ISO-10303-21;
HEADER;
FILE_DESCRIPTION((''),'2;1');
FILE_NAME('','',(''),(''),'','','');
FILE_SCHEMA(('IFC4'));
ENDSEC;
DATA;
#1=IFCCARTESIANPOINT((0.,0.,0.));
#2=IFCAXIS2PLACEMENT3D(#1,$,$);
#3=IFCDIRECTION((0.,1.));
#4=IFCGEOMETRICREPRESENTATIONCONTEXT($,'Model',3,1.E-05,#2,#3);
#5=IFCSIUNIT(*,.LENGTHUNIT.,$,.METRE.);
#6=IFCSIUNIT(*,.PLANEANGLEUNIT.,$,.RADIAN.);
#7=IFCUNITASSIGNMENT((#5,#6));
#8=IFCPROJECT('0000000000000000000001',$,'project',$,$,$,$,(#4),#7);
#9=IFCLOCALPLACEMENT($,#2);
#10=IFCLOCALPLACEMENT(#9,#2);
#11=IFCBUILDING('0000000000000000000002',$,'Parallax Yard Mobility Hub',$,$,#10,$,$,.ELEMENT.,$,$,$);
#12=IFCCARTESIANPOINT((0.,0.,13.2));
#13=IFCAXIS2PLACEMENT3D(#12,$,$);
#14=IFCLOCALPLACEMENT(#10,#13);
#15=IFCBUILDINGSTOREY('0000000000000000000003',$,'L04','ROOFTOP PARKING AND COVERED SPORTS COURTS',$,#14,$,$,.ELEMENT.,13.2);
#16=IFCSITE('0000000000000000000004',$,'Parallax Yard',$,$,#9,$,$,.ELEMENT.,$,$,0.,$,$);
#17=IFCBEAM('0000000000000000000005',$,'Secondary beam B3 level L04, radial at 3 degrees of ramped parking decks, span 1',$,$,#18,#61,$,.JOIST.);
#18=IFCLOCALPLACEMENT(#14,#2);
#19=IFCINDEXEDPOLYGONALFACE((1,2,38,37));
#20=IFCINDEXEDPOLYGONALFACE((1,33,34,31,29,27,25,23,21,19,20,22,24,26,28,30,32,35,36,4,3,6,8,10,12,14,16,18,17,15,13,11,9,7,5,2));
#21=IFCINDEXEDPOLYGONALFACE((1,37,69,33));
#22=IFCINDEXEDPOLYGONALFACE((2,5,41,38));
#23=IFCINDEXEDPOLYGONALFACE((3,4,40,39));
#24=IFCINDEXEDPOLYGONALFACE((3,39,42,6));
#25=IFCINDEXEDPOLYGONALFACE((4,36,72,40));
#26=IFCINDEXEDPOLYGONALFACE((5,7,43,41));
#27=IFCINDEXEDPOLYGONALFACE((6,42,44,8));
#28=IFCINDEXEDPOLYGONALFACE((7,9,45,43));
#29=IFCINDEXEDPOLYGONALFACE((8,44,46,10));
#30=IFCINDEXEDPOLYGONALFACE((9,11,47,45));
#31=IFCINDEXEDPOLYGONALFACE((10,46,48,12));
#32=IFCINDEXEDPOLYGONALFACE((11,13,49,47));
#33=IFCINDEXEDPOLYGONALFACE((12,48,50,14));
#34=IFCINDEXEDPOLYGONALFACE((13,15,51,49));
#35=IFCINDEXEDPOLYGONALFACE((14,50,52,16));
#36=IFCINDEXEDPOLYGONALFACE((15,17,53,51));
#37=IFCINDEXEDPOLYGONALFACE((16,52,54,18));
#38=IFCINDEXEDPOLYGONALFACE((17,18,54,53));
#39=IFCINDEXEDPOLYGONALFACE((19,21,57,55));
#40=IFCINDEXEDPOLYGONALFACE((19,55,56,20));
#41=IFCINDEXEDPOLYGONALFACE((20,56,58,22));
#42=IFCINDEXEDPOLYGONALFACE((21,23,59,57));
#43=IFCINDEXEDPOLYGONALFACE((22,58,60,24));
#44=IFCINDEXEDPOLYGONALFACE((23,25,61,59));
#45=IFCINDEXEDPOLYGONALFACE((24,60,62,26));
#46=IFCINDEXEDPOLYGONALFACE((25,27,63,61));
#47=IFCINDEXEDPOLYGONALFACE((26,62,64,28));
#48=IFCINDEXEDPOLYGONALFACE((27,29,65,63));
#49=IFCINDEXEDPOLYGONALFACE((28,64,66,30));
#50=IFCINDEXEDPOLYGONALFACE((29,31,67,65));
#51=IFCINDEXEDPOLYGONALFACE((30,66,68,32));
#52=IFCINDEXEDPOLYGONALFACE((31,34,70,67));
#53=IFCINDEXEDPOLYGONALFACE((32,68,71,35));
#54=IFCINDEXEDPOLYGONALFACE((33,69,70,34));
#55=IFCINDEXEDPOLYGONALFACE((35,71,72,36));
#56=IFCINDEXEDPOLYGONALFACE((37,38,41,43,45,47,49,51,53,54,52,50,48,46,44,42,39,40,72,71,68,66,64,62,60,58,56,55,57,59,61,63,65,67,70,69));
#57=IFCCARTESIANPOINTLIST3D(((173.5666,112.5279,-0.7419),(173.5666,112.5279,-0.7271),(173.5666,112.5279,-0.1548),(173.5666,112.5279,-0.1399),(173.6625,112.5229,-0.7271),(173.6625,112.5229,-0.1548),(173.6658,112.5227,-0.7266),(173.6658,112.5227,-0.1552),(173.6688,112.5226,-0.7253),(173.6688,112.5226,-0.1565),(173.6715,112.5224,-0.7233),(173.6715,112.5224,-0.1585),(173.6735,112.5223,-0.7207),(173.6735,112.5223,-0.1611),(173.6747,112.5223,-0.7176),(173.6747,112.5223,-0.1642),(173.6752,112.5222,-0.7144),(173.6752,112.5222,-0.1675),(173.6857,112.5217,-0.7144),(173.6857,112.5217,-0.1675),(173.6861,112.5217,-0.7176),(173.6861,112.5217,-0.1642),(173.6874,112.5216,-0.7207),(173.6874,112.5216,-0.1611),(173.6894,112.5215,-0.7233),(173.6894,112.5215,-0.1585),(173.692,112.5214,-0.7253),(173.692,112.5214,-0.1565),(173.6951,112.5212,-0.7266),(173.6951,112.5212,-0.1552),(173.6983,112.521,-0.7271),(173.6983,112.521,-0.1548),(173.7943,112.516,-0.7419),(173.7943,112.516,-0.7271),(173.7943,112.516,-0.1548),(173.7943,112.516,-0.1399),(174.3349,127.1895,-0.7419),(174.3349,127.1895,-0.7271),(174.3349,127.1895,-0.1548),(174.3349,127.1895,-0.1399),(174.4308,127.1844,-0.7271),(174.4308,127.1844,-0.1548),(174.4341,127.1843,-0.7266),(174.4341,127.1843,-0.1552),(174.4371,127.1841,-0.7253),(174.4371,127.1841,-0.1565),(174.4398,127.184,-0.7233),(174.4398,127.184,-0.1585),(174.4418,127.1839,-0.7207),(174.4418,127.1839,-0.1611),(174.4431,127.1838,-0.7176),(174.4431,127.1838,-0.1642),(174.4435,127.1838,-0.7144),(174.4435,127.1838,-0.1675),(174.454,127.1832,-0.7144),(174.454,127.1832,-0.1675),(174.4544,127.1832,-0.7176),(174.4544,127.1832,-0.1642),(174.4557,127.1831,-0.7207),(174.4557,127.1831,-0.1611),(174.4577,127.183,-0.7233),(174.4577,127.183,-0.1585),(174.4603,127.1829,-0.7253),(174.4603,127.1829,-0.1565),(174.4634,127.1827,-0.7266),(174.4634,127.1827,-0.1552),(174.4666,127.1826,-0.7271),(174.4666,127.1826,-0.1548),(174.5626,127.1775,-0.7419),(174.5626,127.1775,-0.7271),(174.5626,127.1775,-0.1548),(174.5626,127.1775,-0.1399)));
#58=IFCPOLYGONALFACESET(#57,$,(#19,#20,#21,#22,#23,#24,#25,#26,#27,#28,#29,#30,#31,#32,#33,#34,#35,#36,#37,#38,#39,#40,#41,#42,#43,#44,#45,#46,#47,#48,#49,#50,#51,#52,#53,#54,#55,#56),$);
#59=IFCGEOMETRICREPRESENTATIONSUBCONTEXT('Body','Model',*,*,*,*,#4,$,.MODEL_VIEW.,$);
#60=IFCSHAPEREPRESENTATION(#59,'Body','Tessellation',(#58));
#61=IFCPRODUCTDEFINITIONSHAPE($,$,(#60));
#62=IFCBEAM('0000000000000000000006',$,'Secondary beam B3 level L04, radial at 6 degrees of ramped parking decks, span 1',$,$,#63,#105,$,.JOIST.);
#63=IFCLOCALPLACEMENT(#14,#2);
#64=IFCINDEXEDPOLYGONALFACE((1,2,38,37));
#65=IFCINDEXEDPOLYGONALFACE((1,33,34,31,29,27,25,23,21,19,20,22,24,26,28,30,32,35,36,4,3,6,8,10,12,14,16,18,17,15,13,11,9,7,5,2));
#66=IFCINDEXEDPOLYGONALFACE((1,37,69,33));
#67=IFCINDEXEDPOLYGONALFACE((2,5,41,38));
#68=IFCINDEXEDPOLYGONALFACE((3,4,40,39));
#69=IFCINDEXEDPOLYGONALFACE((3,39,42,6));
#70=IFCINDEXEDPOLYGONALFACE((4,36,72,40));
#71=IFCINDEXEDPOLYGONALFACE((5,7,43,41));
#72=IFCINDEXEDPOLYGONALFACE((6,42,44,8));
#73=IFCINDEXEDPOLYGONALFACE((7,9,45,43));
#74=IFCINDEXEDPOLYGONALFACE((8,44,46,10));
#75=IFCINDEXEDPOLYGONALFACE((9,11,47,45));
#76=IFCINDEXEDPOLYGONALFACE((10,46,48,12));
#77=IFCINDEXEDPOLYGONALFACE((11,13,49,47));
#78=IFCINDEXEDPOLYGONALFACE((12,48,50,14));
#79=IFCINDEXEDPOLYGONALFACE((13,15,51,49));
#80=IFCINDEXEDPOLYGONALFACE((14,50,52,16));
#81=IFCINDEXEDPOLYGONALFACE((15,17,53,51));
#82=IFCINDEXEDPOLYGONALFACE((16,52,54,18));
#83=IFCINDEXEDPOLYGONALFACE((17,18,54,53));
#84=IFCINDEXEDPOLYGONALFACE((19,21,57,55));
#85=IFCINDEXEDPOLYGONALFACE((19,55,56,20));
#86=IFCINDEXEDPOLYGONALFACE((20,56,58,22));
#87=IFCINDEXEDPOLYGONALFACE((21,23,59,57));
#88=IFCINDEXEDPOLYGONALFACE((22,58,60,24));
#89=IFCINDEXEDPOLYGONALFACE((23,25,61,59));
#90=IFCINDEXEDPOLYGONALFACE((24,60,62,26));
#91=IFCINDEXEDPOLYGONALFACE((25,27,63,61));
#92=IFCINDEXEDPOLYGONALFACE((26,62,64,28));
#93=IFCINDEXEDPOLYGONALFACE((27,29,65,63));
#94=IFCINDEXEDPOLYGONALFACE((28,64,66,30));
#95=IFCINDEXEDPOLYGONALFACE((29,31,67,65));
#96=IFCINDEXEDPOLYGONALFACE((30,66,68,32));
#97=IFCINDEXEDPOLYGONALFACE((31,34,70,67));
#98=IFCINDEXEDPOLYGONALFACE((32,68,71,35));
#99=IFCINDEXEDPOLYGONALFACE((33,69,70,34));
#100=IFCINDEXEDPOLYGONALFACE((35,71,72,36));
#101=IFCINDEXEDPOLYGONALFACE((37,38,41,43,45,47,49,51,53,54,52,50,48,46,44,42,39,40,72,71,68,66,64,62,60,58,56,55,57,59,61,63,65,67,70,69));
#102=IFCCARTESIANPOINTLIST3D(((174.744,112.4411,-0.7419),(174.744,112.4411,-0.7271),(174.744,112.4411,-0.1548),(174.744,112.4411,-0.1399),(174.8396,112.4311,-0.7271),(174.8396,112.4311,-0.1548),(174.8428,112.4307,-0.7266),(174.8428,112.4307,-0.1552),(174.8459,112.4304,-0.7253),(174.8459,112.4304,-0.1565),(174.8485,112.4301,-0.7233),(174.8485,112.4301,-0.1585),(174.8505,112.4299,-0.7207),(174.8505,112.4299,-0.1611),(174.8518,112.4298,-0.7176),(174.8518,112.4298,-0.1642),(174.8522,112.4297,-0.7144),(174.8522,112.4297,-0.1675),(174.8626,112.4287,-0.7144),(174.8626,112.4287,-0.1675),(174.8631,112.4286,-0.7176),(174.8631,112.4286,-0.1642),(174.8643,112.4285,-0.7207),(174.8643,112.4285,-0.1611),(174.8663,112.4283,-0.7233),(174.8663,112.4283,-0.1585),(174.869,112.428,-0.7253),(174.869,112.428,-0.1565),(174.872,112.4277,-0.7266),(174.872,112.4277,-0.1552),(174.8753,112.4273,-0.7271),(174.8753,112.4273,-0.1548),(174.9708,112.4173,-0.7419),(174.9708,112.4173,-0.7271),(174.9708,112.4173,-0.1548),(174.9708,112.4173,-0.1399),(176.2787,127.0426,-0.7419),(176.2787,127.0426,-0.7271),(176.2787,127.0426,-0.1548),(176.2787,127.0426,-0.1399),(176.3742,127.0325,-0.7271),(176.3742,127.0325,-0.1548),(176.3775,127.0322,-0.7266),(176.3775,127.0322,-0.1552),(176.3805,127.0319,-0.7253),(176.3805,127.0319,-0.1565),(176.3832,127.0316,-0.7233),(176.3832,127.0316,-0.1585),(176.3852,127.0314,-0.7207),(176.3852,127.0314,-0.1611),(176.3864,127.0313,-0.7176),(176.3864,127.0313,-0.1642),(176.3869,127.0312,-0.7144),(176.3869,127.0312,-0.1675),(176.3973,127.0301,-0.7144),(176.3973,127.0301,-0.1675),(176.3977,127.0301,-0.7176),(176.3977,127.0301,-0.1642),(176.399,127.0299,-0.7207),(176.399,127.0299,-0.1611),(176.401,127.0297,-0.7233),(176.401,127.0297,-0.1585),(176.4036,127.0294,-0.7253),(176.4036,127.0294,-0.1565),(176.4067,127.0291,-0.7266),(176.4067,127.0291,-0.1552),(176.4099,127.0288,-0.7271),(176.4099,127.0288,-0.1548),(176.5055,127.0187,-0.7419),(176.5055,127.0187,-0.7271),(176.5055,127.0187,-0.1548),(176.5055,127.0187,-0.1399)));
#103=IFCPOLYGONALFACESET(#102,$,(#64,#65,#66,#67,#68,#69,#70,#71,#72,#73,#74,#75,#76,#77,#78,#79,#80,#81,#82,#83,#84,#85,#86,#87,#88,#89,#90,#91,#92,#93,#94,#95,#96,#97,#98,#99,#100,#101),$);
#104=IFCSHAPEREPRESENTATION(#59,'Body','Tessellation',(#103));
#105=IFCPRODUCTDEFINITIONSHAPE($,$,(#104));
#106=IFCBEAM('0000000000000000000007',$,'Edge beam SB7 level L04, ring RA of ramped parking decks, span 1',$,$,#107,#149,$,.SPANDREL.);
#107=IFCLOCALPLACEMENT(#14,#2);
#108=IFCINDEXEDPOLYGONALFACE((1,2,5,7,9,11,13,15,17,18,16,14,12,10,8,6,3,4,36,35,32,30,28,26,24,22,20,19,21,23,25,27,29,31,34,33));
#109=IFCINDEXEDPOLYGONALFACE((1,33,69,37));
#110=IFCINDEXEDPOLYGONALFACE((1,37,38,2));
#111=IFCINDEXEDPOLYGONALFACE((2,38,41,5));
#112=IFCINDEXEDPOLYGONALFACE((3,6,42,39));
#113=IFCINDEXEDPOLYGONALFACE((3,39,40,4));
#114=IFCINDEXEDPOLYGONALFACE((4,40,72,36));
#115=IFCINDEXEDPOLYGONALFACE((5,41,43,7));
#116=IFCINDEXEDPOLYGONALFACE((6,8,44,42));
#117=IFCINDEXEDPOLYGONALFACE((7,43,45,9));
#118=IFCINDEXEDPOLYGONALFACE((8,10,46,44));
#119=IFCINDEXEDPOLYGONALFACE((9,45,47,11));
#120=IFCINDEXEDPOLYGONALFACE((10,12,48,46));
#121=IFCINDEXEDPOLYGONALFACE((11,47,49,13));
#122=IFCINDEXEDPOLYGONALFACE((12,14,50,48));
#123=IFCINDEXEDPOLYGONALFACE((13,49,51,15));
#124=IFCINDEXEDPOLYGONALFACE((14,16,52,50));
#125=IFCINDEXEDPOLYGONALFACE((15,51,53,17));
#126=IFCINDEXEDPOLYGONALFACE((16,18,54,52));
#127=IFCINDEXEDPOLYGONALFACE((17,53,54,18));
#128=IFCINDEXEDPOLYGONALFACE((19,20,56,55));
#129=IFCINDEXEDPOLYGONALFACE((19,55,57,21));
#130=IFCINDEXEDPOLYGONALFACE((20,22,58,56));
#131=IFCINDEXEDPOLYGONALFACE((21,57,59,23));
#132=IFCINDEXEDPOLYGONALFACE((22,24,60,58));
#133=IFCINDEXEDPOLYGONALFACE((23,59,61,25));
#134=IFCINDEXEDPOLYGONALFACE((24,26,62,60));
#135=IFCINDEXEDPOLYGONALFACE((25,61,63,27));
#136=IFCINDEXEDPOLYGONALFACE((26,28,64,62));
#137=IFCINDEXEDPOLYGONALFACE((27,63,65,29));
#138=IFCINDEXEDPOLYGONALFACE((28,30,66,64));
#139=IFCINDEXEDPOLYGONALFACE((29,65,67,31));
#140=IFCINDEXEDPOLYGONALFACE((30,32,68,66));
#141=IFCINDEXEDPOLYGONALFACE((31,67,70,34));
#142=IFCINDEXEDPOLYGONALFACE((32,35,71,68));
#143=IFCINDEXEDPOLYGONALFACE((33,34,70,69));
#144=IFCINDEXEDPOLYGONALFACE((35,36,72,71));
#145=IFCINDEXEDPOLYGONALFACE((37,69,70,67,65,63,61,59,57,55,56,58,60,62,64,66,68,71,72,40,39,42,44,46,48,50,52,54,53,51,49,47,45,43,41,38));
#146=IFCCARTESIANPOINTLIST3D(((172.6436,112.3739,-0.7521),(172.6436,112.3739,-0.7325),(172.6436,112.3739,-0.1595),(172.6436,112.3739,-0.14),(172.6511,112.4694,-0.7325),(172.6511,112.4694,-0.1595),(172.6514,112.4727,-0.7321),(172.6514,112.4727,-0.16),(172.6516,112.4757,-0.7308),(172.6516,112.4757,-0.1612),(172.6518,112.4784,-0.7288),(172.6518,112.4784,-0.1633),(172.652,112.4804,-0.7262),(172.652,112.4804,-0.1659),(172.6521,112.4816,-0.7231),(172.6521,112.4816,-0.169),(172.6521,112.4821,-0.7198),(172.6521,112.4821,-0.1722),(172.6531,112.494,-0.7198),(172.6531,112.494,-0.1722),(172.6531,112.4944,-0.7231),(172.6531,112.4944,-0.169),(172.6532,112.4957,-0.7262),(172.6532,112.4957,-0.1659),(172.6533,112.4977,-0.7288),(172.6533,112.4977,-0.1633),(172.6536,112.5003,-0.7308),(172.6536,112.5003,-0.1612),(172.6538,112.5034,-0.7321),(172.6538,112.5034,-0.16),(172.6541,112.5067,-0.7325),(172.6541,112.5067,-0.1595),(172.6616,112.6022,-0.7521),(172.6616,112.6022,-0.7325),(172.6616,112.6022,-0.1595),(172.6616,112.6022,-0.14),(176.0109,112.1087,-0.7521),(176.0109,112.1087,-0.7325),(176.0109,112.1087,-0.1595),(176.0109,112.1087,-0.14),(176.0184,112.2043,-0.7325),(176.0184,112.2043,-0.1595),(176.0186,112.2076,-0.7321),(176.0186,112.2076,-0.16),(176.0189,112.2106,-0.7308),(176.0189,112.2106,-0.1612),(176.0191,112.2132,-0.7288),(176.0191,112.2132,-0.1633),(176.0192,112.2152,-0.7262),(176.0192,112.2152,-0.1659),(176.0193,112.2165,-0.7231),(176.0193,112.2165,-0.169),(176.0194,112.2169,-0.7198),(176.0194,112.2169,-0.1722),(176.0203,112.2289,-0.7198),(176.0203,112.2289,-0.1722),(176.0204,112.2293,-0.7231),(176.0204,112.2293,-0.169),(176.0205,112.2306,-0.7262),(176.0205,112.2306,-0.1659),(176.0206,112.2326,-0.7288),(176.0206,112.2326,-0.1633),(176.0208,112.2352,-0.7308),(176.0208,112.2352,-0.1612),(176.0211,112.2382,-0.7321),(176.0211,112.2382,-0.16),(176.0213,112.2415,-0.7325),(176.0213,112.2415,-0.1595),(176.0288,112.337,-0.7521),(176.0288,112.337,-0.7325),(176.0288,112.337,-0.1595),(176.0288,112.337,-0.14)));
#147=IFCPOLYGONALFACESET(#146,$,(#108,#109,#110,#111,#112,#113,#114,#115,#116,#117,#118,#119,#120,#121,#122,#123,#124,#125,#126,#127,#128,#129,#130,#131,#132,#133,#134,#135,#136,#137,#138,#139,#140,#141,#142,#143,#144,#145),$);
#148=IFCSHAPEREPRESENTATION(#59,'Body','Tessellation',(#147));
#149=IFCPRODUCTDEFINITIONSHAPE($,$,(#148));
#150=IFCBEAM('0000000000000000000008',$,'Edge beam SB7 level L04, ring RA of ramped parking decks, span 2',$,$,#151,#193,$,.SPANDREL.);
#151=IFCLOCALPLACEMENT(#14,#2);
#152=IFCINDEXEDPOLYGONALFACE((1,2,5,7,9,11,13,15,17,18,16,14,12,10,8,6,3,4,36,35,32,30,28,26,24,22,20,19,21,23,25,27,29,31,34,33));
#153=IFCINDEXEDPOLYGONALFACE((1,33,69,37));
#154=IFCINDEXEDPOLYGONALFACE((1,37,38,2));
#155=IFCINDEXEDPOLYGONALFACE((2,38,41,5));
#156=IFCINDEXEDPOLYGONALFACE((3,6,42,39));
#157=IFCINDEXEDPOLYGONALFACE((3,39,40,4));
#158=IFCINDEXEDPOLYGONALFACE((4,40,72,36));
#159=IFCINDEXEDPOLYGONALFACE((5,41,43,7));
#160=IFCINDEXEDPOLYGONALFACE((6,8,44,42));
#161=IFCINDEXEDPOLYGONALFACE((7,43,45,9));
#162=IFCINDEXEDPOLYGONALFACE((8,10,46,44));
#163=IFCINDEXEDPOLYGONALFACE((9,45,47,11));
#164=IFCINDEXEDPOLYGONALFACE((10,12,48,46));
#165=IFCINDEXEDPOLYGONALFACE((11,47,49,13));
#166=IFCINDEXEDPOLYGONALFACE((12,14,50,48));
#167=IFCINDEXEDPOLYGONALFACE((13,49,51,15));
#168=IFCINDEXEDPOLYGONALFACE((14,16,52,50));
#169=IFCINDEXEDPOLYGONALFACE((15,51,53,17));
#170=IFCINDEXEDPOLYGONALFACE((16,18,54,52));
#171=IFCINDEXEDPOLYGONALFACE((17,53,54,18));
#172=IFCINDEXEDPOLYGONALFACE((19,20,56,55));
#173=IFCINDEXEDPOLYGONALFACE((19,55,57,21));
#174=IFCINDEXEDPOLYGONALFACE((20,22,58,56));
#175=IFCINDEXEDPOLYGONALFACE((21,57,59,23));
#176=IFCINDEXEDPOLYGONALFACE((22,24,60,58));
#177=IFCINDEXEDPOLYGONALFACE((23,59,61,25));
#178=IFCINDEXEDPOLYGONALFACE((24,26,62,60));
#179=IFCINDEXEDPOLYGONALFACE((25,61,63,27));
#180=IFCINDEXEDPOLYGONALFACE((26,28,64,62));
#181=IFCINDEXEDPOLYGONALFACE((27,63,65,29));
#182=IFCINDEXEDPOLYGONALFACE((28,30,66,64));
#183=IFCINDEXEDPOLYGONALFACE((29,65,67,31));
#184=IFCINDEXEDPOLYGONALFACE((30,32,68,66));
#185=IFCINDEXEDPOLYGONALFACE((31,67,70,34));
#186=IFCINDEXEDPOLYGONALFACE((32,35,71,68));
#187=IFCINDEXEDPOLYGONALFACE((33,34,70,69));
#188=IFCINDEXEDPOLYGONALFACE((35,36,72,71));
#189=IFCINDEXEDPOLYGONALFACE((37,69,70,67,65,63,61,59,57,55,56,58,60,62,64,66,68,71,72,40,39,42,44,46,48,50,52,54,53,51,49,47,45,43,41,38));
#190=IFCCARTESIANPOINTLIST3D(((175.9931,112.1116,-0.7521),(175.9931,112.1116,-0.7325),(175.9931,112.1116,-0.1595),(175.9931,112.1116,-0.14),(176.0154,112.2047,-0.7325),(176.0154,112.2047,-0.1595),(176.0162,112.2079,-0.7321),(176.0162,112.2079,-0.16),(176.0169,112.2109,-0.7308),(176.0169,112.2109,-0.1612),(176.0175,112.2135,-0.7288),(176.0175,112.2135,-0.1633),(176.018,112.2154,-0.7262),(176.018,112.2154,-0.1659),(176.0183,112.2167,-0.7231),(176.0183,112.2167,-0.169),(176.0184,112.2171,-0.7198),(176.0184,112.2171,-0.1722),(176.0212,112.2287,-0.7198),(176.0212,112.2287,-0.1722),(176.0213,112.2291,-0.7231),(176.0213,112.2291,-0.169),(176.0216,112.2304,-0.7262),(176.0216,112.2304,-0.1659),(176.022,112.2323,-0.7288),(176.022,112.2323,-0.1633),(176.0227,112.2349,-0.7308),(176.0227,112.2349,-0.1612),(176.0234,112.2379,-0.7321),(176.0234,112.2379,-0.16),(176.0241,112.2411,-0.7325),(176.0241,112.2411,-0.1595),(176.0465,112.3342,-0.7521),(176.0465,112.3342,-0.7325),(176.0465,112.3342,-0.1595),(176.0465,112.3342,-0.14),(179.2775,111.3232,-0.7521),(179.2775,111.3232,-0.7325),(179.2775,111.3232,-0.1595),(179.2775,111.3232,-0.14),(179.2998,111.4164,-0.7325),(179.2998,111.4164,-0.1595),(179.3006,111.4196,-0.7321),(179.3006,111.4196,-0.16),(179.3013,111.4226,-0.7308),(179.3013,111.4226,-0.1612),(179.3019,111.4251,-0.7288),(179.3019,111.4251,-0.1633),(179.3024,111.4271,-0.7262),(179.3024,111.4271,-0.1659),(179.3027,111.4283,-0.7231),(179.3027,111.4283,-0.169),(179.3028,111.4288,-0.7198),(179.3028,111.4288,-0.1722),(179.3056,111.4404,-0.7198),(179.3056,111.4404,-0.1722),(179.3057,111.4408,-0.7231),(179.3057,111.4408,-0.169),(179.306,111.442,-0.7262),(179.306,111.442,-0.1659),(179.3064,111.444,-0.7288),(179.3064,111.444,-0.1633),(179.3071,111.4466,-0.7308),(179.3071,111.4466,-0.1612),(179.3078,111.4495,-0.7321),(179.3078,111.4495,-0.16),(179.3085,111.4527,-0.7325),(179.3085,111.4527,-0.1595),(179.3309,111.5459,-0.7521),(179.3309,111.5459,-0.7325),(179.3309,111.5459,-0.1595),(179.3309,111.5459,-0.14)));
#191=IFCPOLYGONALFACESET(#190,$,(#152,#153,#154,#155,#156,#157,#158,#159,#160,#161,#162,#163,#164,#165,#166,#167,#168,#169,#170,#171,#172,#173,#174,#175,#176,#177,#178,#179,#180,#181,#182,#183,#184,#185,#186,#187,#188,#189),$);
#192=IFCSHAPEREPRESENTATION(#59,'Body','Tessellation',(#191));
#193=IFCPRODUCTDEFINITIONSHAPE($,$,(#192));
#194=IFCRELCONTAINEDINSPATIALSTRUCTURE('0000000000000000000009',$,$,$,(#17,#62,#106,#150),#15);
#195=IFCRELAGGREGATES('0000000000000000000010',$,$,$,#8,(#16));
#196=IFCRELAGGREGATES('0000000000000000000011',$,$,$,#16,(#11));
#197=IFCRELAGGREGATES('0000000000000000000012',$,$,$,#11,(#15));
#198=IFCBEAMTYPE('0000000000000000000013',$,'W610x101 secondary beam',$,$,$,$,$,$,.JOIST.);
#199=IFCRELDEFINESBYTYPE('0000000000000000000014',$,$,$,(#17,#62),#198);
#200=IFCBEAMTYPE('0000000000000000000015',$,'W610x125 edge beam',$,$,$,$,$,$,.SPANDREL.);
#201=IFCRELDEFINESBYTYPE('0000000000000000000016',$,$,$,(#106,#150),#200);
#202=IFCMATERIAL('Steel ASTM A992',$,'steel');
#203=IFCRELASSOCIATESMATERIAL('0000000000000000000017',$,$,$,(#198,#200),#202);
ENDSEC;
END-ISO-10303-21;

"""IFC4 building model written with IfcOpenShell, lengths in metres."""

from ifc_helpers import new_model, si_unit, direction, frame, origin, origin_2d, place, context, subcontext, project, spatial, i_section, extrude, material, material_profile, profile_set, type_object, element, save


model = new_model("IFC4")

# Units and contexts
model_context = context("Model", 3, precision=1e-05, world=origin(), true_north=direction((0.0, 1.0)))
body_context = subcontext(model_context, "Body", "Model", "MODEL_VIEW")
ifc_project = project(units=[si_unit("LENGTHUNIT", "METRE"), si_unit("PLANEANGLEUNIT", "RADIAN")], contexts=[model_context])

# Site, building, storey
site_placement = place(None, origin())
site = spatial("IfcSite", under=ifc_project, at=site_placement, Name="Parallax Yard", CompositionType="ELEMENT", RefElevation=0.0)
building_placement = place(site_placement, origin())
building = spatial("IfcBuilding", under=site, at=building_placement, Name="Parallax Yard Mobility Hub", CompositionType="ELEMENT")
storey_placement = place(building_placement, frame((0.0, 0.0, 13.2)))
storey = spatial("IfcBuildingStorey", under=building, at=storey_placement, Name="L04", Description="ROOFTOP PARKING AND COVERED SPORTS COURTS", CompositionType="ELEMENT", Elevation=13.2)

# Shared definitions
ifc_material_1 = material(Name="Steel ASTM A992", Category="steel")

# Beams
ifc_material_profile_1 = material_profile(ifc_material_1, i_section(OverallWidth=0.228, OverallDepth=0.6021, WebThickness=0.0105, FlangeThickness=0.0149, FilletRadius=0.0127, at=origin_2d()), Name="W610x101")
ifc_profile_set_1 = profile_set([ifc_material_profile_1], Name="Steel ASTM A992")
beam_type_1 = type_object("IfcBeamType", Name="W610x101 secondary beam", PredefinedType="JOIST", material=ifc_profile_set_1)
beam_1_placement = place(storey_placement, frame((173.6804, 112.522, -0.4409), z_axis=(0.052331, 0.99863, 0.0), x_axis=(-0.99863, 0.052331, 0.0)))
element("IfcBeam", 1, at=beam_1_placement, inside=storey, type_object=beam_type_1, Name="Secondary beam B3 level L04, radial at 3 degrees of ramped parking decks, span 1", PredefinedType="JOIST", context=body_context, shape_type="SweptSolid", body=[
    extrude(i_section(OverallWidth=0.228, OverallDepth=0.6021, WebThickness=0.0105, FlangeThickness=0.0149, FilletRadius=0.0127, at=origin_2d()), origin(), (0.0, 0.0, 1.0), 14.6816),
])
beam_2_placement = place(storey_placement, frame((174.8574, 112.4292, -0.4409), z_axis=(0.104527, 0.994522, 0.0), x_axis=(-0.994522, 0.104527, 0.0)))
element("IfcBeam", 2, at=beam_2_placement, inside=storey, type_object=beam_type_1, Name="Secondary beam B3 level L04, radial at 6 degrees of ramped parking decks, span 1", PredefinedType="JOIST", context=body_context, shape_type="SweptSolid", body=[
    extrude(i_section(OverallWidth=0.228, OverallDepth=0.6021, WebThickness=0.0105, FlangeThickness=0.0149, FilletRadius=0.0127, at=origin_2d()), origin(), (0.0, 0.0, 1.0), 14.6819),
])
ifc_material_profile_2 = material_profile(ifc_material_1, i_section(OverallWidth=0.229, OverallDepth=0.6121, WebThickness=0.012, FlangeThickness=0.0195, FilletRadius=0.0127, at=origin_2d()), Name="W610x125")
ifc_profile_set_2 = profile_set([ifc_material_profile_2], Name="Steel ASTM A992")
beam_type_2 = type_object("IfcBeamType", Name="W610x125 edge beam", PredefinedType="SPANDREL", material=ifc_profile_set_2)
for number, where, z_axis, x_axis, name in (
    (3, (172.6526, 112.488, -0.446), (0.996914, -0.078498, 0.0), (0.078498, 0.996914, 0.0), "Edge beam SB7 level L04, ring RA of ramped parking decks, span 1"),
    (4, (176.0198, 112.2229, -0.446), (0.972383, -0.233392, 0.0), (0.233392, 0.972383, 0.0), "Edge beam SB7 level L04, ring RA of ramped parking decks, span 2"),
):
    element("IfcBeam", number, at=place(storey_placement, frame(where, z_axis=z_axis, x_axis=x_axis)), inside=storey, type_object=beam_type_2, Name=name, PredefinedType="SPANDREL", context=body_context, shape_type="SweptSolid", body=[
        extrude(i_section(OverallWidth=0.229, OverallDepth=0.6121, WebThickness=0.012, FlangeThickness=0.0195, FilletRadius=0.0127, at=origin_2d()), origin(), (0.0, 0.0, 1.0), 3.3777),
    ])

save(model, "model.ifc")
